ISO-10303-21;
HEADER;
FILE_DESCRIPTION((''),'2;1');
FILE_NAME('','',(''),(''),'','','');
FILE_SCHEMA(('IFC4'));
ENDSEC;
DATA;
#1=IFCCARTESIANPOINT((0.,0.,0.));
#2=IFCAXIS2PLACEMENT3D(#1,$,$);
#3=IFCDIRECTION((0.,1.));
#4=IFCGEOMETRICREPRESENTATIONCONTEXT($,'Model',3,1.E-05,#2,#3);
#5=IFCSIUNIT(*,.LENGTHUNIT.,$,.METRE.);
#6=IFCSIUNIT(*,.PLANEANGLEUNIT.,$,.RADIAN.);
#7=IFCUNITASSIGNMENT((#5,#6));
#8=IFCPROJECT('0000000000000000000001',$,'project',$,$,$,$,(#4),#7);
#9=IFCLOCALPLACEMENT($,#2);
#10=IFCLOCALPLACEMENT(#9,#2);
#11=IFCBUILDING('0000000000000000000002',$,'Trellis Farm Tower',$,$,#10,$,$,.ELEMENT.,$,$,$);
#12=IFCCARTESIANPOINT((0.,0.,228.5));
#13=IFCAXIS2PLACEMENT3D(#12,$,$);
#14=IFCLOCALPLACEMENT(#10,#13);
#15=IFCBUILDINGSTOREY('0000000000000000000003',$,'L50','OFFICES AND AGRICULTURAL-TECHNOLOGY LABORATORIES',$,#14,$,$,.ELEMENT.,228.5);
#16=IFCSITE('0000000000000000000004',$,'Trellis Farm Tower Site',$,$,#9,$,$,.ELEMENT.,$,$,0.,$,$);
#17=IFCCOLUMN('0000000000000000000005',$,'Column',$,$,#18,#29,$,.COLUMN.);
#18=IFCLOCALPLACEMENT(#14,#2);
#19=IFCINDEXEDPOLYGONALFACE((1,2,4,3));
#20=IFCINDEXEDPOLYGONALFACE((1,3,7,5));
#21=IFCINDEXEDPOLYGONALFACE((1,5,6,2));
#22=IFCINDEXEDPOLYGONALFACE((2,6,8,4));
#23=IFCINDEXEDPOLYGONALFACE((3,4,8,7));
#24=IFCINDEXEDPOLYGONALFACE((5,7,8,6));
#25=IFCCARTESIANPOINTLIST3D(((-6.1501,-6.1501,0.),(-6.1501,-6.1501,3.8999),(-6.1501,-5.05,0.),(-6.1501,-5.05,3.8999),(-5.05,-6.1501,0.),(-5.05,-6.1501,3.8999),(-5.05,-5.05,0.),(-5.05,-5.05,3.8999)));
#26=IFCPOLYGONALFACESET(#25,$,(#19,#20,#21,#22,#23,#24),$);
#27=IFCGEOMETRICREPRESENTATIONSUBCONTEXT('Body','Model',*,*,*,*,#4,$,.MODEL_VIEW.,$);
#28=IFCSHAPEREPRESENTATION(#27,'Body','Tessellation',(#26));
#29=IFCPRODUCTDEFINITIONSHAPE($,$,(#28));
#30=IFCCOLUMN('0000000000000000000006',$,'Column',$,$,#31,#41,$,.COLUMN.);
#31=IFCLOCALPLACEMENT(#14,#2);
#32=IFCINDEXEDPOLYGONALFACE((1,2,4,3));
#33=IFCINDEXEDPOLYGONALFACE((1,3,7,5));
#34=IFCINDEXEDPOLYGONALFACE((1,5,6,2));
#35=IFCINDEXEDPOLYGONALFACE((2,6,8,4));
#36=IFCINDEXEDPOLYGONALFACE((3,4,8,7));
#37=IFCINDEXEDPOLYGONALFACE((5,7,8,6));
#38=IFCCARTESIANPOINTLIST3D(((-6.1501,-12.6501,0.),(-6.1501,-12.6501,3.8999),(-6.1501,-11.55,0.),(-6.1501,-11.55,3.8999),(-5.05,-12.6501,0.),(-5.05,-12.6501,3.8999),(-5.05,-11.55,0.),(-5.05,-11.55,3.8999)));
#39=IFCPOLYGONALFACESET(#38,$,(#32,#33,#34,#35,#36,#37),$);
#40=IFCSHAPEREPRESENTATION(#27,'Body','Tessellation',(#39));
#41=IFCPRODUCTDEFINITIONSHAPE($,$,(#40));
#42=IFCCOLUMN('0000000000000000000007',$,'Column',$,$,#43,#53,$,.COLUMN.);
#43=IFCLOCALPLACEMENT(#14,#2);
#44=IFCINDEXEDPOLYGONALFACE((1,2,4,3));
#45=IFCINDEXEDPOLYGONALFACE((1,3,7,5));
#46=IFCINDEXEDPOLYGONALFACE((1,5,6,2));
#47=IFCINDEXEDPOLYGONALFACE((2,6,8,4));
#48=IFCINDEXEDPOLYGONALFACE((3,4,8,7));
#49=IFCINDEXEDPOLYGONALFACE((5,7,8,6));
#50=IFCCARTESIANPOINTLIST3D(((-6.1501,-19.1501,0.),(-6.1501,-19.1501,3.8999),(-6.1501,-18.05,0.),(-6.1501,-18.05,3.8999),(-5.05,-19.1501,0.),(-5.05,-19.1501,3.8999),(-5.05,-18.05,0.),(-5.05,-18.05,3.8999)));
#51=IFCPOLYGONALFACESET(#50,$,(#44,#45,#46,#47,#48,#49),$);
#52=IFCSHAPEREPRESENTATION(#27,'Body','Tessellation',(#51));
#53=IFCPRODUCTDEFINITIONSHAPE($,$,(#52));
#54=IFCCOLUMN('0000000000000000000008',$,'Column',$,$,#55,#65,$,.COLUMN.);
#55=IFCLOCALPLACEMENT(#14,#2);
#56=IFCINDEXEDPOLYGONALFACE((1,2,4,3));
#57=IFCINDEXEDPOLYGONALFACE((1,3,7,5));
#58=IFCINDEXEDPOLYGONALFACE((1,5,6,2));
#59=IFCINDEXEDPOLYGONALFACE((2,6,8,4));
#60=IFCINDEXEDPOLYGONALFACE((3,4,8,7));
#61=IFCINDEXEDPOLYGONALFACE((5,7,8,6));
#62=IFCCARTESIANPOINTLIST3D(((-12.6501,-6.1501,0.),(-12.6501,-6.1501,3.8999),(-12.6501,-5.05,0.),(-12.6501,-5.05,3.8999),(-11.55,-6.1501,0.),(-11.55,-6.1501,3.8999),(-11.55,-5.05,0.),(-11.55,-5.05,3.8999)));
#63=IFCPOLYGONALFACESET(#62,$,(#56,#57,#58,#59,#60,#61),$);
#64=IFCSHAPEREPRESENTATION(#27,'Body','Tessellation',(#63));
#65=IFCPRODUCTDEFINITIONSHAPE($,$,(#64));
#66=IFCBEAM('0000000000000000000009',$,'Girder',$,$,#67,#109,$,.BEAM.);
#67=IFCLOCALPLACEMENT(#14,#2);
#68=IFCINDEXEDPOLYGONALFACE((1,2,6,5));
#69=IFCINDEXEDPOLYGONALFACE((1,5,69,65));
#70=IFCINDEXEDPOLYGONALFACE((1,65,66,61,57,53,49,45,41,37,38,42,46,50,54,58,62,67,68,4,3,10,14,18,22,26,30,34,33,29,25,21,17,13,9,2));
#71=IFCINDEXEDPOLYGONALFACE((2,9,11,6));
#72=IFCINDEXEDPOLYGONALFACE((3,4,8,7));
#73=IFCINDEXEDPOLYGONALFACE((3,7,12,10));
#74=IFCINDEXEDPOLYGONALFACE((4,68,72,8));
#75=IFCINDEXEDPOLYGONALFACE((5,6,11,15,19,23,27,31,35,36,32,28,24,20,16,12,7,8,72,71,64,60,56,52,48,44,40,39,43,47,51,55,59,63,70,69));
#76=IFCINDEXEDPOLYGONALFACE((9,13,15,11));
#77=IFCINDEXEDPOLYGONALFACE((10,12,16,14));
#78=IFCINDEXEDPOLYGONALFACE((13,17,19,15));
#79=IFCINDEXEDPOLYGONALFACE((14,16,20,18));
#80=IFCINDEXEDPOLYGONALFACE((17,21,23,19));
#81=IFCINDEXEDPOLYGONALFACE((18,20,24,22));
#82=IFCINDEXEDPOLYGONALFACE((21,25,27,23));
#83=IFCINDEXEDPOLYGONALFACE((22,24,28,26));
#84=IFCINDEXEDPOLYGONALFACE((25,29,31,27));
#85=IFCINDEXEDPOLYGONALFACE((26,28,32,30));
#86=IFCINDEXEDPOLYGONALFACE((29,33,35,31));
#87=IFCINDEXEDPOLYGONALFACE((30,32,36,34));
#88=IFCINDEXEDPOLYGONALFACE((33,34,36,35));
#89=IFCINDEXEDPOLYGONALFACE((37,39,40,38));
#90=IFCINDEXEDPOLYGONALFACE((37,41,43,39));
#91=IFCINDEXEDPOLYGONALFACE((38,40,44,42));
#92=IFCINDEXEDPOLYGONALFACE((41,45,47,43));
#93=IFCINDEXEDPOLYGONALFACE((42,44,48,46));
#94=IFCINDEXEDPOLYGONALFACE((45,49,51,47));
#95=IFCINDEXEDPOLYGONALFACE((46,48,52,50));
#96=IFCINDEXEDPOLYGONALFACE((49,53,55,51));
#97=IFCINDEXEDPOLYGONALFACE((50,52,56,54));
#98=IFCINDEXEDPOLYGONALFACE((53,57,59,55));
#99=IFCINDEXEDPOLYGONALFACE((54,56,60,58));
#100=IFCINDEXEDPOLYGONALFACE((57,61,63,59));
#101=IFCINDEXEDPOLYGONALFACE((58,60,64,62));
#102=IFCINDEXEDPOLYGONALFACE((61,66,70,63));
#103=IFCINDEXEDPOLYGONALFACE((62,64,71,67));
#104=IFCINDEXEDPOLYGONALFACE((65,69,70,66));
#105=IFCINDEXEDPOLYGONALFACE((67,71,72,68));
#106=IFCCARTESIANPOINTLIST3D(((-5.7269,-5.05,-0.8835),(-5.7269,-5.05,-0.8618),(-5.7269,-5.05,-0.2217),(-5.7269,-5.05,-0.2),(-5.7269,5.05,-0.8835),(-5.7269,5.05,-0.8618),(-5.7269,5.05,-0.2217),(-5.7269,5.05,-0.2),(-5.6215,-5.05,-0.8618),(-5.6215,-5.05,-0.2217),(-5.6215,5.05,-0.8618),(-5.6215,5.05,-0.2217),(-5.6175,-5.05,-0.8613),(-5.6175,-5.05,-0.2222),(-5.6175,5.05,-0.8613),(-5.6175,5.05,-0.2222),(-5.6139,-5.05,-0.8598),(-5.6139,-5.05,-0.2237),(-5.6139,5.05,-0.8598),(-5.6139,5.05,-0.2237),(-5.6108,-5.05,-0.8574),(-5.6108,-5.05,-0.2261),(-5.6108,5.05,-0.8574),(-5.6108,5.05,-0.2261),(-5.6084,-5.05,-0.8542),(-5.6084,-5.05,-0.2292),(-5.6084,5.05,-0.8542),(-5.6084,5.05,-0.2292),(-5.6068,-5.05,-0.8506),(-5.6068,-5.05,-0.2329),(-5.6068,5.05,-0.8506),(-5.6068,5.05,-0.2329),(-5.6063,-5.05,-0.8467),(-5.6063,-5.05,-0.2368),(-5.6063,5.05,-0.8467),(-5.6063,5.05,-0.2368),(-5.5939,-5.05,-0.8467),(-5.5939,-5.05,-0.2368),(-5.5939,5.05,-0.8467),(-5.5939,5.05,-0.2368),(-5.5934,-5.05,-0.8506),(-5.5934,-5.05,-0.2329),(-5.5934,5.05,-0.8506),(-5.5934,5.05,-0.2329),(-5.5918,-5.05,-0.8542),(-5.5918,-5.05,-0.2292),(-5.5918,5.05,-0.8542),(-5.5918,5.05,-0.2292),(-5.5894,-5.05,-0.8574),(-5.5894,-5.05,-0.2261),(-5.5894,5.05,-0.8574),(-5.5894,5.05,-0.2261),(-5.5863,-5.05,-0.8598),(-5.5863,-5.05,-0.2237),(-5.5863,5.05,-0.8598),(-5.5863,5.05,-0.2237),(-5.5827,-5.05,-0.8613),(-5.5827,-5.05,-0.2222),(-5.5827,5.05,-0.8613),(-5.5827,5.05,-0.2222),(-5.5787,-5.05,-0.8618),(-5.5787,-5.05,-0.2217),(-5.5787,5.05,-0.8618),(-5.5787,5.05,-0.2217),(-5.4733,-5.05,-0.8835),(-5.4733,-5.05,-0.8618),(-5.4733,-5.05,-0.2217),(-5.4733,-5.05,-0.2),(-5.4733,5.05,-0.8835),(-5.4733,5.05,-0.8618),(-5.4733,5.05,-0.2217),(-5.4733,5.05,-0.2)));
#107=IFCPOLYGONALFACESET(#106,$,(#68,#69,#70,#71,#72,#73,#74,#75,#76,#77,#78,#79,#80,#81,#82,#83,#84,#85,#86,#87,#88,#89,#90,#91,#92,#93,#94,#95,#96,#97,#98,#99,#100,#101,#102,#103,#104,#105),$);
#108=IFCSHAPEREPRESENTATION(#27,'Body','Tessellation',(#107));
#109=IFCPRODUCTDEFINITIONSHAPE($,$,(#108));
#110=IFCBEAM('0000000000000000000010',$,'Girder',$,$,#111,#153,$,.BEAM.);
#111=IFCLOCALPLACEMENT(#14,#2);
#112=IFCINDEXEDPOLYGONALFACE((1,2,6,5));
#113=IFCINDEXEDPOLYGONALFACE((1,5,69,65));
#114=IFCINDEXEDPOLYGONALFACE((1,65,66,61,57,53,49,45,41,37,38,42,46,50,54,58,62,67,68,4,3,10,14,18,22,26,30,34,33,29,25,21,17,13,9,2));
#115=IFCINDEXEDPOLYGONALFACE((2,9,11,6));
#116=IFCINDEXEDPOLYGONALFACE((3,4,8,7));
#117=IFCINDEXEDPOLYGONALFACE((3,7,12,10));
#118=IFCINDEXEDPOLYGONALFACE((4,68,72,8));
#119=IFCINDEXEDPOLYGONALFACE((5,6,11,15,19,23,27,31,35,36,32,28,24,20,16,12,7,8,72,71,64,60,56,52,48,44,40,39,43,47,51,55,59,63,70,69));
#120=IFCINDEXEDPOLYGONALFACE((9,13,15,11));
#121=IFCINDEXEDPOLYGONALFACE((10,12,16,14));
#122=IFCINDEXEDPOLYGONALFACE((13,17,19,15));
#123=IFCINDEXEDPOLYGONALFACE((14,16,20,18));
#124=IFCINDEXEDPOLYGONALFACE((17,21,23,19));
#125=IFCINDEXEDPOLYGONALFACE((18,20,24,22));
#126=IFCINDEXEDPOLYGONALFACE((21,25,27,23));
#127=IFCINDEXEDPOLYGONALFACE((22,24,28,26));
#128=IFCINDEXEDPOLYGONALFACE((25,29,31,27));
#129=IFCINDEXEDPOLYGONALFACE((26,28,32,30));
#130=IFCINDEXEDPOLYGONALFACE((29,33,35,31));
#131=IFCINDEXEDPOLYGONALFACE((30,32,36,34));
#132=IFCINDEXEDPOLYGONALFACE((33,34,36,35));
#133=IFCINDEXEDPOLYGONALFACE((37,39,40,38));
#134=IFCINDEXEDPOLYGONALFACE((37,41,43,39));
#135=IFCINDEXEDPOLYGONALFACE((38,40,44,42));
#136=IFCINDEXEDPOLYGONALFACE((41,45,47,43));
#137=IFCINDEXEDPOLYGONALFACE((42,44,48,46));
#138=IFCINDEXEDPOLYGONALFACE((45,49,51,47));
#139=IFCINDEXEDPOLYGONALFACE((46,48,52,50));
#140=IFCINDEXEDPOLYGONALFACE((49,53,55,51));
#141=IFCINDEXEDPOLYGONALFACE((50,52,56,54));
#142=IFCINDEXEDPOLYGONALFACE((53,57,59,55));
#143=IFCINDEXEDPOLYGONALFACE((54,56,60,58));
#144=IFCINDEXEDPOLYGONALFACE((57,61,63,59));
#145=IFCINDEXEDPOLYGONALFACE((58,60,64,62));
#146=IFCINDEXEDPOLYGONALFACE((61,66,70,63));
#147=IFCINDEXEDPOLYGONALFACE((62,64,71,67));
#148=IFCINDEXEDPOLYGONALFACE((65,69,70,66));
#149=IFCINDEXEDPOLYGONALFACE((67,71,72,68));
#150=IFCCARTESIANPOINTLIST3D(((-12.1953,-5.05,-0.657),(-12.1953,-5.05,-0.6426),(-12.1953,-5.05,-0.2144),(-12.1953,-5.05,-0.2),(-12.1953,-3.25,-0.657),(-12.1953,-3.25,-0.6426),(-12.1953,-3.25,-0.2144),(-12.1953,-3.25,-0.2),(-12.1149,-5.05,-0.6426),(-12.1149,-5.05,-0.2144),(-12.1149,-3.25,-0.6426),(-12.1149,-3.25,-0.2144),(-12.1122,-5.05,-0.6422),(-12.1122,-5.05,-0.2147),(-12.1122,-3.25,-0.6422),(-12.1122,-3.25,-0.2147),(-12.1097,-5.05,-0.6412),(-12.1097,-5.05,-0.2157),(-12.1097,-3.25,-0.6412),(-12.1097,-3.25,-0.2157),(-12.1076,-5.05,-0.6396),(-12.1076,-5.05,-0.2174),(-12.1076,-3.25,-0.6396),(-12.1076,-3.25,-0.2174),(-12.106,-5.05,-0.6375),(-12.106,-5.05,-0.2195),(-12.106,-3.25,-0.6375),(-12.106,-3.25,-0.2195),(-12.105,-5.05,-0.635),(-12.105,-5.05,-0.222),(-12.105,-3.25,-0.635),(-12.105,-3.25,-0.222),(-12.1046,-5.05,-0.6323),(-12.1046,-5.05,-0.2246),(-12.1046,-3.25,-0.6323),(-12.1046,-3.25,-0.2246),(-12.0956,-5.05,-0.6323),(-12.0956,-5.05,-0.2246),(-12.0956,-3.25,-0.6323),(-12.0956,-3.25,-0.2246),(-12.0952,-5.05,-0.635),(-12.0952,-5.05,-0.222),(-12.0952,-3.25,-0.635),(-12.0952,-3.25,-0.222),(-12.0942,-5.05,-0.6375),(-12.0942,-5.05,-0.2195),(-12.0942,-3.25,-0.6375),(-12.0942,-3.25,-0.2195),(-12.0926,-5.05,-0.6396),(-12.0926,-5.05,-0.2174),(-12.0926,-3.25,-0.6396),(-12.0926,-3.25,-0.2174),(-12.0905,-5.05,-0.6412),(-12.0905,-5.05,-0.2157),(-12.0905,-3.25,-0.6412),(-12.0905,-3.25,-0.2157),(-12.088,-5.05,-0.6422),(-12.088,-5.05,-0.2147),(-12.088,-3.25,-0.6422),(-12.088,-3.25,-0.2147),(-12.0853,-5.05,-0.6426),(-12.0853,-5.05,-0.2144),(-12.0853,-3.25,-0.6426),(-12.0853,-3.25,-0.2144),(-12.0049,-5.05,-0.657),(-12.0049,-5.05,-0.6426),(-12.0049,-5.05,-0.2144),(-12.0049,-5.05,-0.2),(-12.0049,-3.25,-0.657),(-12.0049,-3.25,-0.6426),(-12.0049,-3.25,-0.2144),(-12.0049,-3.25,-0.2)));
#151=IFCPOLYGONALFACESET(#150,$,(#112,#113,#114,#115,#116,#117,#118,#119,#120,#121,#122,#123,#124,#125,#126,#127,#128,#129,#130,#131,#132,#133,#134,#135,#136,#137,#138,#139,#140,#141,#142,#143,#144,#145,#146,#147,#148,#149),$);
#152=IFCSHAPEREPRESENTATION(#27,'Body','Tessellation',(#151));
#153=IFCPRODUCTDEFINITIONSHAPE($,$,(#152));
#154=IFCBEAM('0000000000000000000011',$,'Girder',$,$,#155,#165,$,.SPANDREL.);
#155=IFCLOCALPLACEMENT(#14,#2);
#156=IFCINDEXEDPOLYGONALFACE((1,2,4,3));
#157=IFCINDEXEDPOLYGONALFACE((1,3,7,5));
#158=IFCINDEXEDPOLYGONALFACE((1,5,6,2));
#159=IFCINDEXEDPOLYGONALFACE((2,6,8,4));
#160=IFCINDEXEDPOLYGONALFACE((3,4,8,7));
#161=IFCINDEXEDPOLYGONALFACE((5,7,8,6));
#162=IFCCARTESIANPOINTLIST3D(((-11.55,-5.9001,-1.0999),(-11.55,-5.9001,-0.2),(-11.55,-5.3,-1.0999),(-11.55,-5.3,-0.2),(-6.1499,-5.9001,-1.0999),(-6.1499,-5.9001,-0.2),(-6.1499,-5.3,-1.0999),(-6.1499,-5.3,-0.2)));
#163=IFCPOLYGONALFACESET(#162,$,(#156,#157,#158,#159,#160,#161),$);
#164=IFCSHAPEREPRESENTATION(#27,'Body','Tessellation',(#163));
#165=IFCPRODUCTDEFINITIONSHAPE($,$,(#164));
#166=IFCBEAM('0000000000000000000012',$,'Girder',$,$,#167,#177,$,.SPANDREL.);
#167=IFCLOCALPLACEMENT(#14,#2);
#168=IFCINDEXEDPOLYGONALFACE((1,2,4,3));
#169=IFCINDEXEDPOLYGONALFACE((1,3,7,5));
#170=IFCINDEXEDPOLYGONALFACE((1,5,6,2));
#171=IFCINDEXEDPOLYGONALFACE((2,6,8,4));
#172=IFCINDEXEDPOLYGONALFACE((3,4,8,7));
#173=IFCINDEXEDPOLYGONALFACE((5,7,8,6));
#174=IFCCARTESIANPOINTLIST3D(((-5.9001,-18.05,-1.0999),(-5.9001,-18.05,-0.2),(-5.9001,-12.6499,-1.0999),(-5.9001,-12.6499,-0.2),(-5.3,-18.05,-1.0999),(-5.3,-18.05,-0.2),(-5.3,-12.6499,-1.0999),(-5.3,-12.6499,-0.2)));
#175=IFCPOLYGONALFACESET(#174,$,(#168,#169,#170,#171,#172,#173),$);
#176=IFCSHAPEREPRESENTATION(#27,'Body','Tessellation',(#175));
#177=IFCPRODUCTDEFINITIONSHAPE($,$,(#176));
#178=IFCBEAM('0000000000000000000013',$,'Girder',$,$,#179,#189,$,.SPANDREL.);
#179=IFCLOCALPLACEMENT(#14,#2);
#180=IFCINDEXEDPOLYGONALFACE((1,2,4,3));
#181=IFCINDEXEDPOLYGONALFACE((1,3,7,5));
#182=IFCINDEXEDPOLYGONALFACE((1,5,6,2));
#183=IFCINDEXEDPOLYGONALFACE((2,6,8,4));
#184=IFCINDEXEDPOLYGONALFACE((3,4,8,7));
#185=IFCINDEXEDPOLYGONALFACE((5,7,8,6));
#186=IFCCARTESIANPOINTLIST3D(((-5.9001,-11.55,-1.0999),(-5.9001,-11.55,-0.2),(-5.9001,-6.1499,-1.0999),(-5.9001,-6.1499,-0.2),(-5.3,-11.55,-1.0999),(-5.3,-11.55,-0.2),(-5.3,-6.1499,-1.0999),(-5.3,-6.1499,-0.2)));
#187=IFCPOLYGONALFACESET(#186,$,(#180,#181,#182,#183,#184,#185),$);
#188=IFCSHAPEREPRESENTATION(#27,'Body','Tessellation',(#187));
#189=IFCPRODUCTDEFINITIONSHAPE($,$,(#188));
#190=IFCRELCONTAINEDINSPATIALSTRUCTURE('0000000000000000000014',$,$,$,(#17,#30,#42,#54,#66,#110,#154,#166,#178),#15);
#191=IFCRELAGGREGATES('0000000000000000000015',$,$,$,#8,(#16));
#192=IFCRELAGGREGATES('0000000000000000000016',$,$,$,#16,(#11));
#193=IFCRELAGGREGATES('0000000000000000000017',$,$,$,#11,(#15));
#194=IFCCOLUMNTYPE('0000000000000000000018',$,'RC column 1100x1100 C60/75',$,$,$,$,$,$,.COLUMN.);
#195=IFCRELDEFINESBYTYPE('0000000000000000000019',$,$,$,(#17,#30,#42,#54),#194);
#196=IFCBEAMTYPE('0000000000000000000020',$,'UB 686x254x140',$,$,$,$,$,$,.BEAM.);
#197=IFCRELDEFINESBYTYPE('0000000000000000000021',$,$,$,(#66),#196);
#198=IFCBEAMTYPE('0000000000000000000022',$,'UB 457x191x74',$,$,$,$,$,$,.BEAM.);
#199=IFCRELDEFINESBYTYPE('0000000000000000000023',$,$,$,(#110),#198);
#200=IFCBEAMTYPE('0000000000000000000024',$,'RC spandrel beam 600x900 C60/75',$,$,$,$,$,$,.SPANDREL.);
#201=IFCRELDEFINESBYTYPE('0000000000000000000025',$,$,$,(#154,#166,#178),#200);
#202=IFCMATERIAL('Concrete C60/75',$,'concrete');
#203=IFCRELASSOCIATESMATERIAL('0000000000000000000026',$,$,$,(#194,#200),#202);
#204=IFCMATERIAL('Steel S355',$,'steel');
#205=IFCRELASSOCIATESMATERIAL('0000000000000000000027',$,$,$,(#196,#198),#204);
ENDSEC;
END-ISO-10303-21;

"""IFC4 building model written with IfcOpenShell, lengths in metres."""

from ifc_helpers import new_model, si_unit, direction, frame, origin, origin_2d, place, context, subcontext, project, spatial, rectangle, i_section, extrude, source, transform, mapped, material, material_profile, profile_set, type_object, element, save


model = new_model("IFC4")

# Units and contexts
model_context = context("Model", 3, precision=1e-05, world=origin(), true_north=direction((0.0, 1.0)))
body_context = subcontext(model_context, "Body", "Model", "MODEL_VIEW")
ifc_project = project(units=[si_unit("LENGTHUNIT", "METRE"), si_unit("PLANEANGLEUNIT", "RADIAN")], contexts=[model_context])

# Site, building, storey
site_placement = place(None, origin())
site = spatial("IfcSite", under=ifc_project, at=site_placement, Name="Trellis Farm Tower Site", CompositionType="ELEMENT", RefElevation=0.0)
building_placement = place(site_placement, origin())
building = spatial("IfcBuilding", under=site, at=building_placement, Name="Trellis Farm Tower", CompositionType="ELEMENT")
storey_placement = place(building_placement, frame((0.0, 0.0, 228.5)))
storey = spatial("IfcBuildingStorey", under=building, at=storey_placement, Name="L50", Description="OFFICES AND AGRICULTURAL-TECHNOLOGY LABORATORIES", CompositionType="ELEMENT", Elevation=228.5)

# Columns
ifc_material_1 = material(Name="Concrete C60/75", Category="concrete")
ifc_material_profile_1 = material_profile(ifc_material_1, rectangle(XDim=1.1001, YDim=1.1001, at=origin_2d()), Name="RC column 1100x1100 C60/75")
ifc_profile_set_1 = profile_set([ifc_material_profile_1], Name="Concrete C60/75")
column_type = type_object("IfcColumnType", Name="RC column 1100x1100 C60/75", PredefinedType="COLUMN", material=ifc_profile_set_1)
shared_shape_1 = source(origin(), body_context, "Body", "SweptSolid", [
    extrude(rectangle(XDim=1.1001, YDim=1.1001, at=origin_2d()), origin(), (0.0, 0.0, 1.0), 3.8999),
])
for number, where, z_axis, x_axis, name in (
    (1, (-5.6001, -5.6001, 0.0), (0.0, 0.0, 1.0), (1.0, 0.0, 0.0), "Column"),
    (2, (-5.6001, -12.1001, 0.0), (0.0, 0.0, 1.0), (1.0, 0.0, 0.0), "Column"),
    (3, (-5.6001, -18.6001, 0.0), (0.0, 0.0, 1.0), (1.0, 0.0, 0.0), "Column"),
    (4, (-12.1001, -5.6001, 0.0), (0.0, 0.0, 1.0), (1.0, 0.0, 0.0), "Column"),
):
    element("IfcColumn", number, at=place(storey_placement, frame(where, z_axis=z_axis, x_axis=x_axis)), inside=storey, type_object=column_type, Name=name, PredefinedType="COLUMN", context=body_context, shape_type="MappedRepresentation", body=[
        mapped(shared_shape_1, transform((0.0, 0.0, 0.0))),
    ])

# Beams
ifc_material_2 = material(Name="Steel S355", Category="steel")
ifc_material_profile_2 = material_profile(ifc_material_2, i_section(OverallWidth=0.2537, OverallDepth=0.6836, WebThickness=0.0125, FlangeThickness=0.0217, FilletRadius=0.0151, at=origin_2d()), Name="UB 686x254x140")
ifc_profile_set_2 = profile_set([ifc_material_profile_2], Name="Steel S355")
beam_type_1 = type_object("IfcBeamType", Name="UB 686x254x140", PredefinedType="BEAM", material=ifc_profile_set_2)
shared_shape_2 = source(origin(), body_context, "Body", "SweptSolid", [
    extrude(i_section(OverallWidth=0.2537, OverallDepth=0.6836, WebThickness=0.0125, FlangeThickness=0.0217, FilletRadius=0.0151, at=origin_2d()), origin(), (0.0, 0.0, 1.0), 10.1001),
])
beam_1_placement = place(storey_placement, frame((-5.6001, -5.05, -0.5417), z_axis=(0.0, 1.0, 0.0), x_axis=(-1.0, 0.0, 0.0)))
element("IfcBeam", 5, at=beam_1_placement, inside=storey, type_object=beam_type_1, Name="Girder", PredefinedType="BEAM", context=body_context, shape_type="MappedRepresentation", body=[
    mapped(shared_shape_2, transform((0.0, 0.0, 0.0))),
])
ifc_material_profile_3 = material_profile(ifc_material_2, i_section(OverallWidth=0.1904, OverallDepth=0.457, WebThickness=0.009, FlangeThickness=0.0144, FilletRadius=0.0103, at=origin_2d()), Name="UB 457x191x74")
ifc_profile_set_3 = profile_set([ifc_material_profile_3], Name="Steel S355")
beam_type_2 = type_object("IfcBeamType", Name="UB 457x191x74", PredefinedType="BEAM", material=ifc_profile_set_3)
shared_shape_3 = source(origin(), body_context, "Body", "SweptSolid", [
    extrude(i_section(OverallWidth=0.1904, OverallDepth=0.457, WebThickness=0.009, FlangeThickness=0.0144, FilletRadius=0.0103, at=origin_2d()), origin(), (0.0, 0.0, 1.0), 1.8),
])
beam_2_placement = place(storey_placement, frame((-12.1001, -5.05, -0.4285), z_axis=(0.0, 1.0, 0.0), x_axis=(-1.0, 0.0, 0.0)))
element("IfcBeam", 6, at=beam_2_placement, inside=storey, type_object=beam_type_2, Name="Girder", PredefinedType="BEAM", context=body_context, shape_type="MappedRepresentation", body=[
    mapped(shared_shape_3, transform((0.0, 0.0, 0.0))),
])
ifc_material_profile_4 = material_profile(ifc_material_1, rectangle(XDim=0.6001, YDim=0.8999, at=origin_2d()), Name="RC spandrel beam 600x900 C60/75")
ifc_profile_set_4 = profile_set([ifc_material_profile_4], Name="Concrete C60/75")
beam_type_3 = type_object("IfcBeamType", Name="RC spandrel beam 600x900 C60/75", PredefinedType="SPANDREL", material=ifc_profile_set_4)
shared_shape_4 = source(origin(), body_context, "Body", "SweptSolid", [
    extrude(rectangle(XDim=0.6001, YDim=0.8999, at=origin_2d()), origin(), (0.0, 0.0, 1.0), 5.4001),
])
for number, where, z_axis, x_axis, name in (
    (7, (-11.55, -5.6001, -0.6499), (1.0, 0.0, 0.0), (0.0, 1.0, 0.0), "Girder"),
    (8, (-5.6001, -18.05, -0.6499), (0.0, 1.0, 0.0), (-1.0, 0.0, 0.0), "Girder"),
    (9, (-5.6001, -11.55, -0.6499), (0.0, 1.0, 0.0), (-1.0, 0.0, 0.0), "Girder"),
):
    element("IfcBeam", number, at=place(storey_placement, frame(where, z_axis=z_axis, x_axis=x_axis)), inside=storey, type_object=beam_type_3, Name=name, PredefinedType="SPANDREL", context=body_context, shape_type="MappedRepresentation", body=[
        mapped(shared_shape_4, transform((0.0, 0.0, 0.0))),
    ])

save(model, "model.ifc")
